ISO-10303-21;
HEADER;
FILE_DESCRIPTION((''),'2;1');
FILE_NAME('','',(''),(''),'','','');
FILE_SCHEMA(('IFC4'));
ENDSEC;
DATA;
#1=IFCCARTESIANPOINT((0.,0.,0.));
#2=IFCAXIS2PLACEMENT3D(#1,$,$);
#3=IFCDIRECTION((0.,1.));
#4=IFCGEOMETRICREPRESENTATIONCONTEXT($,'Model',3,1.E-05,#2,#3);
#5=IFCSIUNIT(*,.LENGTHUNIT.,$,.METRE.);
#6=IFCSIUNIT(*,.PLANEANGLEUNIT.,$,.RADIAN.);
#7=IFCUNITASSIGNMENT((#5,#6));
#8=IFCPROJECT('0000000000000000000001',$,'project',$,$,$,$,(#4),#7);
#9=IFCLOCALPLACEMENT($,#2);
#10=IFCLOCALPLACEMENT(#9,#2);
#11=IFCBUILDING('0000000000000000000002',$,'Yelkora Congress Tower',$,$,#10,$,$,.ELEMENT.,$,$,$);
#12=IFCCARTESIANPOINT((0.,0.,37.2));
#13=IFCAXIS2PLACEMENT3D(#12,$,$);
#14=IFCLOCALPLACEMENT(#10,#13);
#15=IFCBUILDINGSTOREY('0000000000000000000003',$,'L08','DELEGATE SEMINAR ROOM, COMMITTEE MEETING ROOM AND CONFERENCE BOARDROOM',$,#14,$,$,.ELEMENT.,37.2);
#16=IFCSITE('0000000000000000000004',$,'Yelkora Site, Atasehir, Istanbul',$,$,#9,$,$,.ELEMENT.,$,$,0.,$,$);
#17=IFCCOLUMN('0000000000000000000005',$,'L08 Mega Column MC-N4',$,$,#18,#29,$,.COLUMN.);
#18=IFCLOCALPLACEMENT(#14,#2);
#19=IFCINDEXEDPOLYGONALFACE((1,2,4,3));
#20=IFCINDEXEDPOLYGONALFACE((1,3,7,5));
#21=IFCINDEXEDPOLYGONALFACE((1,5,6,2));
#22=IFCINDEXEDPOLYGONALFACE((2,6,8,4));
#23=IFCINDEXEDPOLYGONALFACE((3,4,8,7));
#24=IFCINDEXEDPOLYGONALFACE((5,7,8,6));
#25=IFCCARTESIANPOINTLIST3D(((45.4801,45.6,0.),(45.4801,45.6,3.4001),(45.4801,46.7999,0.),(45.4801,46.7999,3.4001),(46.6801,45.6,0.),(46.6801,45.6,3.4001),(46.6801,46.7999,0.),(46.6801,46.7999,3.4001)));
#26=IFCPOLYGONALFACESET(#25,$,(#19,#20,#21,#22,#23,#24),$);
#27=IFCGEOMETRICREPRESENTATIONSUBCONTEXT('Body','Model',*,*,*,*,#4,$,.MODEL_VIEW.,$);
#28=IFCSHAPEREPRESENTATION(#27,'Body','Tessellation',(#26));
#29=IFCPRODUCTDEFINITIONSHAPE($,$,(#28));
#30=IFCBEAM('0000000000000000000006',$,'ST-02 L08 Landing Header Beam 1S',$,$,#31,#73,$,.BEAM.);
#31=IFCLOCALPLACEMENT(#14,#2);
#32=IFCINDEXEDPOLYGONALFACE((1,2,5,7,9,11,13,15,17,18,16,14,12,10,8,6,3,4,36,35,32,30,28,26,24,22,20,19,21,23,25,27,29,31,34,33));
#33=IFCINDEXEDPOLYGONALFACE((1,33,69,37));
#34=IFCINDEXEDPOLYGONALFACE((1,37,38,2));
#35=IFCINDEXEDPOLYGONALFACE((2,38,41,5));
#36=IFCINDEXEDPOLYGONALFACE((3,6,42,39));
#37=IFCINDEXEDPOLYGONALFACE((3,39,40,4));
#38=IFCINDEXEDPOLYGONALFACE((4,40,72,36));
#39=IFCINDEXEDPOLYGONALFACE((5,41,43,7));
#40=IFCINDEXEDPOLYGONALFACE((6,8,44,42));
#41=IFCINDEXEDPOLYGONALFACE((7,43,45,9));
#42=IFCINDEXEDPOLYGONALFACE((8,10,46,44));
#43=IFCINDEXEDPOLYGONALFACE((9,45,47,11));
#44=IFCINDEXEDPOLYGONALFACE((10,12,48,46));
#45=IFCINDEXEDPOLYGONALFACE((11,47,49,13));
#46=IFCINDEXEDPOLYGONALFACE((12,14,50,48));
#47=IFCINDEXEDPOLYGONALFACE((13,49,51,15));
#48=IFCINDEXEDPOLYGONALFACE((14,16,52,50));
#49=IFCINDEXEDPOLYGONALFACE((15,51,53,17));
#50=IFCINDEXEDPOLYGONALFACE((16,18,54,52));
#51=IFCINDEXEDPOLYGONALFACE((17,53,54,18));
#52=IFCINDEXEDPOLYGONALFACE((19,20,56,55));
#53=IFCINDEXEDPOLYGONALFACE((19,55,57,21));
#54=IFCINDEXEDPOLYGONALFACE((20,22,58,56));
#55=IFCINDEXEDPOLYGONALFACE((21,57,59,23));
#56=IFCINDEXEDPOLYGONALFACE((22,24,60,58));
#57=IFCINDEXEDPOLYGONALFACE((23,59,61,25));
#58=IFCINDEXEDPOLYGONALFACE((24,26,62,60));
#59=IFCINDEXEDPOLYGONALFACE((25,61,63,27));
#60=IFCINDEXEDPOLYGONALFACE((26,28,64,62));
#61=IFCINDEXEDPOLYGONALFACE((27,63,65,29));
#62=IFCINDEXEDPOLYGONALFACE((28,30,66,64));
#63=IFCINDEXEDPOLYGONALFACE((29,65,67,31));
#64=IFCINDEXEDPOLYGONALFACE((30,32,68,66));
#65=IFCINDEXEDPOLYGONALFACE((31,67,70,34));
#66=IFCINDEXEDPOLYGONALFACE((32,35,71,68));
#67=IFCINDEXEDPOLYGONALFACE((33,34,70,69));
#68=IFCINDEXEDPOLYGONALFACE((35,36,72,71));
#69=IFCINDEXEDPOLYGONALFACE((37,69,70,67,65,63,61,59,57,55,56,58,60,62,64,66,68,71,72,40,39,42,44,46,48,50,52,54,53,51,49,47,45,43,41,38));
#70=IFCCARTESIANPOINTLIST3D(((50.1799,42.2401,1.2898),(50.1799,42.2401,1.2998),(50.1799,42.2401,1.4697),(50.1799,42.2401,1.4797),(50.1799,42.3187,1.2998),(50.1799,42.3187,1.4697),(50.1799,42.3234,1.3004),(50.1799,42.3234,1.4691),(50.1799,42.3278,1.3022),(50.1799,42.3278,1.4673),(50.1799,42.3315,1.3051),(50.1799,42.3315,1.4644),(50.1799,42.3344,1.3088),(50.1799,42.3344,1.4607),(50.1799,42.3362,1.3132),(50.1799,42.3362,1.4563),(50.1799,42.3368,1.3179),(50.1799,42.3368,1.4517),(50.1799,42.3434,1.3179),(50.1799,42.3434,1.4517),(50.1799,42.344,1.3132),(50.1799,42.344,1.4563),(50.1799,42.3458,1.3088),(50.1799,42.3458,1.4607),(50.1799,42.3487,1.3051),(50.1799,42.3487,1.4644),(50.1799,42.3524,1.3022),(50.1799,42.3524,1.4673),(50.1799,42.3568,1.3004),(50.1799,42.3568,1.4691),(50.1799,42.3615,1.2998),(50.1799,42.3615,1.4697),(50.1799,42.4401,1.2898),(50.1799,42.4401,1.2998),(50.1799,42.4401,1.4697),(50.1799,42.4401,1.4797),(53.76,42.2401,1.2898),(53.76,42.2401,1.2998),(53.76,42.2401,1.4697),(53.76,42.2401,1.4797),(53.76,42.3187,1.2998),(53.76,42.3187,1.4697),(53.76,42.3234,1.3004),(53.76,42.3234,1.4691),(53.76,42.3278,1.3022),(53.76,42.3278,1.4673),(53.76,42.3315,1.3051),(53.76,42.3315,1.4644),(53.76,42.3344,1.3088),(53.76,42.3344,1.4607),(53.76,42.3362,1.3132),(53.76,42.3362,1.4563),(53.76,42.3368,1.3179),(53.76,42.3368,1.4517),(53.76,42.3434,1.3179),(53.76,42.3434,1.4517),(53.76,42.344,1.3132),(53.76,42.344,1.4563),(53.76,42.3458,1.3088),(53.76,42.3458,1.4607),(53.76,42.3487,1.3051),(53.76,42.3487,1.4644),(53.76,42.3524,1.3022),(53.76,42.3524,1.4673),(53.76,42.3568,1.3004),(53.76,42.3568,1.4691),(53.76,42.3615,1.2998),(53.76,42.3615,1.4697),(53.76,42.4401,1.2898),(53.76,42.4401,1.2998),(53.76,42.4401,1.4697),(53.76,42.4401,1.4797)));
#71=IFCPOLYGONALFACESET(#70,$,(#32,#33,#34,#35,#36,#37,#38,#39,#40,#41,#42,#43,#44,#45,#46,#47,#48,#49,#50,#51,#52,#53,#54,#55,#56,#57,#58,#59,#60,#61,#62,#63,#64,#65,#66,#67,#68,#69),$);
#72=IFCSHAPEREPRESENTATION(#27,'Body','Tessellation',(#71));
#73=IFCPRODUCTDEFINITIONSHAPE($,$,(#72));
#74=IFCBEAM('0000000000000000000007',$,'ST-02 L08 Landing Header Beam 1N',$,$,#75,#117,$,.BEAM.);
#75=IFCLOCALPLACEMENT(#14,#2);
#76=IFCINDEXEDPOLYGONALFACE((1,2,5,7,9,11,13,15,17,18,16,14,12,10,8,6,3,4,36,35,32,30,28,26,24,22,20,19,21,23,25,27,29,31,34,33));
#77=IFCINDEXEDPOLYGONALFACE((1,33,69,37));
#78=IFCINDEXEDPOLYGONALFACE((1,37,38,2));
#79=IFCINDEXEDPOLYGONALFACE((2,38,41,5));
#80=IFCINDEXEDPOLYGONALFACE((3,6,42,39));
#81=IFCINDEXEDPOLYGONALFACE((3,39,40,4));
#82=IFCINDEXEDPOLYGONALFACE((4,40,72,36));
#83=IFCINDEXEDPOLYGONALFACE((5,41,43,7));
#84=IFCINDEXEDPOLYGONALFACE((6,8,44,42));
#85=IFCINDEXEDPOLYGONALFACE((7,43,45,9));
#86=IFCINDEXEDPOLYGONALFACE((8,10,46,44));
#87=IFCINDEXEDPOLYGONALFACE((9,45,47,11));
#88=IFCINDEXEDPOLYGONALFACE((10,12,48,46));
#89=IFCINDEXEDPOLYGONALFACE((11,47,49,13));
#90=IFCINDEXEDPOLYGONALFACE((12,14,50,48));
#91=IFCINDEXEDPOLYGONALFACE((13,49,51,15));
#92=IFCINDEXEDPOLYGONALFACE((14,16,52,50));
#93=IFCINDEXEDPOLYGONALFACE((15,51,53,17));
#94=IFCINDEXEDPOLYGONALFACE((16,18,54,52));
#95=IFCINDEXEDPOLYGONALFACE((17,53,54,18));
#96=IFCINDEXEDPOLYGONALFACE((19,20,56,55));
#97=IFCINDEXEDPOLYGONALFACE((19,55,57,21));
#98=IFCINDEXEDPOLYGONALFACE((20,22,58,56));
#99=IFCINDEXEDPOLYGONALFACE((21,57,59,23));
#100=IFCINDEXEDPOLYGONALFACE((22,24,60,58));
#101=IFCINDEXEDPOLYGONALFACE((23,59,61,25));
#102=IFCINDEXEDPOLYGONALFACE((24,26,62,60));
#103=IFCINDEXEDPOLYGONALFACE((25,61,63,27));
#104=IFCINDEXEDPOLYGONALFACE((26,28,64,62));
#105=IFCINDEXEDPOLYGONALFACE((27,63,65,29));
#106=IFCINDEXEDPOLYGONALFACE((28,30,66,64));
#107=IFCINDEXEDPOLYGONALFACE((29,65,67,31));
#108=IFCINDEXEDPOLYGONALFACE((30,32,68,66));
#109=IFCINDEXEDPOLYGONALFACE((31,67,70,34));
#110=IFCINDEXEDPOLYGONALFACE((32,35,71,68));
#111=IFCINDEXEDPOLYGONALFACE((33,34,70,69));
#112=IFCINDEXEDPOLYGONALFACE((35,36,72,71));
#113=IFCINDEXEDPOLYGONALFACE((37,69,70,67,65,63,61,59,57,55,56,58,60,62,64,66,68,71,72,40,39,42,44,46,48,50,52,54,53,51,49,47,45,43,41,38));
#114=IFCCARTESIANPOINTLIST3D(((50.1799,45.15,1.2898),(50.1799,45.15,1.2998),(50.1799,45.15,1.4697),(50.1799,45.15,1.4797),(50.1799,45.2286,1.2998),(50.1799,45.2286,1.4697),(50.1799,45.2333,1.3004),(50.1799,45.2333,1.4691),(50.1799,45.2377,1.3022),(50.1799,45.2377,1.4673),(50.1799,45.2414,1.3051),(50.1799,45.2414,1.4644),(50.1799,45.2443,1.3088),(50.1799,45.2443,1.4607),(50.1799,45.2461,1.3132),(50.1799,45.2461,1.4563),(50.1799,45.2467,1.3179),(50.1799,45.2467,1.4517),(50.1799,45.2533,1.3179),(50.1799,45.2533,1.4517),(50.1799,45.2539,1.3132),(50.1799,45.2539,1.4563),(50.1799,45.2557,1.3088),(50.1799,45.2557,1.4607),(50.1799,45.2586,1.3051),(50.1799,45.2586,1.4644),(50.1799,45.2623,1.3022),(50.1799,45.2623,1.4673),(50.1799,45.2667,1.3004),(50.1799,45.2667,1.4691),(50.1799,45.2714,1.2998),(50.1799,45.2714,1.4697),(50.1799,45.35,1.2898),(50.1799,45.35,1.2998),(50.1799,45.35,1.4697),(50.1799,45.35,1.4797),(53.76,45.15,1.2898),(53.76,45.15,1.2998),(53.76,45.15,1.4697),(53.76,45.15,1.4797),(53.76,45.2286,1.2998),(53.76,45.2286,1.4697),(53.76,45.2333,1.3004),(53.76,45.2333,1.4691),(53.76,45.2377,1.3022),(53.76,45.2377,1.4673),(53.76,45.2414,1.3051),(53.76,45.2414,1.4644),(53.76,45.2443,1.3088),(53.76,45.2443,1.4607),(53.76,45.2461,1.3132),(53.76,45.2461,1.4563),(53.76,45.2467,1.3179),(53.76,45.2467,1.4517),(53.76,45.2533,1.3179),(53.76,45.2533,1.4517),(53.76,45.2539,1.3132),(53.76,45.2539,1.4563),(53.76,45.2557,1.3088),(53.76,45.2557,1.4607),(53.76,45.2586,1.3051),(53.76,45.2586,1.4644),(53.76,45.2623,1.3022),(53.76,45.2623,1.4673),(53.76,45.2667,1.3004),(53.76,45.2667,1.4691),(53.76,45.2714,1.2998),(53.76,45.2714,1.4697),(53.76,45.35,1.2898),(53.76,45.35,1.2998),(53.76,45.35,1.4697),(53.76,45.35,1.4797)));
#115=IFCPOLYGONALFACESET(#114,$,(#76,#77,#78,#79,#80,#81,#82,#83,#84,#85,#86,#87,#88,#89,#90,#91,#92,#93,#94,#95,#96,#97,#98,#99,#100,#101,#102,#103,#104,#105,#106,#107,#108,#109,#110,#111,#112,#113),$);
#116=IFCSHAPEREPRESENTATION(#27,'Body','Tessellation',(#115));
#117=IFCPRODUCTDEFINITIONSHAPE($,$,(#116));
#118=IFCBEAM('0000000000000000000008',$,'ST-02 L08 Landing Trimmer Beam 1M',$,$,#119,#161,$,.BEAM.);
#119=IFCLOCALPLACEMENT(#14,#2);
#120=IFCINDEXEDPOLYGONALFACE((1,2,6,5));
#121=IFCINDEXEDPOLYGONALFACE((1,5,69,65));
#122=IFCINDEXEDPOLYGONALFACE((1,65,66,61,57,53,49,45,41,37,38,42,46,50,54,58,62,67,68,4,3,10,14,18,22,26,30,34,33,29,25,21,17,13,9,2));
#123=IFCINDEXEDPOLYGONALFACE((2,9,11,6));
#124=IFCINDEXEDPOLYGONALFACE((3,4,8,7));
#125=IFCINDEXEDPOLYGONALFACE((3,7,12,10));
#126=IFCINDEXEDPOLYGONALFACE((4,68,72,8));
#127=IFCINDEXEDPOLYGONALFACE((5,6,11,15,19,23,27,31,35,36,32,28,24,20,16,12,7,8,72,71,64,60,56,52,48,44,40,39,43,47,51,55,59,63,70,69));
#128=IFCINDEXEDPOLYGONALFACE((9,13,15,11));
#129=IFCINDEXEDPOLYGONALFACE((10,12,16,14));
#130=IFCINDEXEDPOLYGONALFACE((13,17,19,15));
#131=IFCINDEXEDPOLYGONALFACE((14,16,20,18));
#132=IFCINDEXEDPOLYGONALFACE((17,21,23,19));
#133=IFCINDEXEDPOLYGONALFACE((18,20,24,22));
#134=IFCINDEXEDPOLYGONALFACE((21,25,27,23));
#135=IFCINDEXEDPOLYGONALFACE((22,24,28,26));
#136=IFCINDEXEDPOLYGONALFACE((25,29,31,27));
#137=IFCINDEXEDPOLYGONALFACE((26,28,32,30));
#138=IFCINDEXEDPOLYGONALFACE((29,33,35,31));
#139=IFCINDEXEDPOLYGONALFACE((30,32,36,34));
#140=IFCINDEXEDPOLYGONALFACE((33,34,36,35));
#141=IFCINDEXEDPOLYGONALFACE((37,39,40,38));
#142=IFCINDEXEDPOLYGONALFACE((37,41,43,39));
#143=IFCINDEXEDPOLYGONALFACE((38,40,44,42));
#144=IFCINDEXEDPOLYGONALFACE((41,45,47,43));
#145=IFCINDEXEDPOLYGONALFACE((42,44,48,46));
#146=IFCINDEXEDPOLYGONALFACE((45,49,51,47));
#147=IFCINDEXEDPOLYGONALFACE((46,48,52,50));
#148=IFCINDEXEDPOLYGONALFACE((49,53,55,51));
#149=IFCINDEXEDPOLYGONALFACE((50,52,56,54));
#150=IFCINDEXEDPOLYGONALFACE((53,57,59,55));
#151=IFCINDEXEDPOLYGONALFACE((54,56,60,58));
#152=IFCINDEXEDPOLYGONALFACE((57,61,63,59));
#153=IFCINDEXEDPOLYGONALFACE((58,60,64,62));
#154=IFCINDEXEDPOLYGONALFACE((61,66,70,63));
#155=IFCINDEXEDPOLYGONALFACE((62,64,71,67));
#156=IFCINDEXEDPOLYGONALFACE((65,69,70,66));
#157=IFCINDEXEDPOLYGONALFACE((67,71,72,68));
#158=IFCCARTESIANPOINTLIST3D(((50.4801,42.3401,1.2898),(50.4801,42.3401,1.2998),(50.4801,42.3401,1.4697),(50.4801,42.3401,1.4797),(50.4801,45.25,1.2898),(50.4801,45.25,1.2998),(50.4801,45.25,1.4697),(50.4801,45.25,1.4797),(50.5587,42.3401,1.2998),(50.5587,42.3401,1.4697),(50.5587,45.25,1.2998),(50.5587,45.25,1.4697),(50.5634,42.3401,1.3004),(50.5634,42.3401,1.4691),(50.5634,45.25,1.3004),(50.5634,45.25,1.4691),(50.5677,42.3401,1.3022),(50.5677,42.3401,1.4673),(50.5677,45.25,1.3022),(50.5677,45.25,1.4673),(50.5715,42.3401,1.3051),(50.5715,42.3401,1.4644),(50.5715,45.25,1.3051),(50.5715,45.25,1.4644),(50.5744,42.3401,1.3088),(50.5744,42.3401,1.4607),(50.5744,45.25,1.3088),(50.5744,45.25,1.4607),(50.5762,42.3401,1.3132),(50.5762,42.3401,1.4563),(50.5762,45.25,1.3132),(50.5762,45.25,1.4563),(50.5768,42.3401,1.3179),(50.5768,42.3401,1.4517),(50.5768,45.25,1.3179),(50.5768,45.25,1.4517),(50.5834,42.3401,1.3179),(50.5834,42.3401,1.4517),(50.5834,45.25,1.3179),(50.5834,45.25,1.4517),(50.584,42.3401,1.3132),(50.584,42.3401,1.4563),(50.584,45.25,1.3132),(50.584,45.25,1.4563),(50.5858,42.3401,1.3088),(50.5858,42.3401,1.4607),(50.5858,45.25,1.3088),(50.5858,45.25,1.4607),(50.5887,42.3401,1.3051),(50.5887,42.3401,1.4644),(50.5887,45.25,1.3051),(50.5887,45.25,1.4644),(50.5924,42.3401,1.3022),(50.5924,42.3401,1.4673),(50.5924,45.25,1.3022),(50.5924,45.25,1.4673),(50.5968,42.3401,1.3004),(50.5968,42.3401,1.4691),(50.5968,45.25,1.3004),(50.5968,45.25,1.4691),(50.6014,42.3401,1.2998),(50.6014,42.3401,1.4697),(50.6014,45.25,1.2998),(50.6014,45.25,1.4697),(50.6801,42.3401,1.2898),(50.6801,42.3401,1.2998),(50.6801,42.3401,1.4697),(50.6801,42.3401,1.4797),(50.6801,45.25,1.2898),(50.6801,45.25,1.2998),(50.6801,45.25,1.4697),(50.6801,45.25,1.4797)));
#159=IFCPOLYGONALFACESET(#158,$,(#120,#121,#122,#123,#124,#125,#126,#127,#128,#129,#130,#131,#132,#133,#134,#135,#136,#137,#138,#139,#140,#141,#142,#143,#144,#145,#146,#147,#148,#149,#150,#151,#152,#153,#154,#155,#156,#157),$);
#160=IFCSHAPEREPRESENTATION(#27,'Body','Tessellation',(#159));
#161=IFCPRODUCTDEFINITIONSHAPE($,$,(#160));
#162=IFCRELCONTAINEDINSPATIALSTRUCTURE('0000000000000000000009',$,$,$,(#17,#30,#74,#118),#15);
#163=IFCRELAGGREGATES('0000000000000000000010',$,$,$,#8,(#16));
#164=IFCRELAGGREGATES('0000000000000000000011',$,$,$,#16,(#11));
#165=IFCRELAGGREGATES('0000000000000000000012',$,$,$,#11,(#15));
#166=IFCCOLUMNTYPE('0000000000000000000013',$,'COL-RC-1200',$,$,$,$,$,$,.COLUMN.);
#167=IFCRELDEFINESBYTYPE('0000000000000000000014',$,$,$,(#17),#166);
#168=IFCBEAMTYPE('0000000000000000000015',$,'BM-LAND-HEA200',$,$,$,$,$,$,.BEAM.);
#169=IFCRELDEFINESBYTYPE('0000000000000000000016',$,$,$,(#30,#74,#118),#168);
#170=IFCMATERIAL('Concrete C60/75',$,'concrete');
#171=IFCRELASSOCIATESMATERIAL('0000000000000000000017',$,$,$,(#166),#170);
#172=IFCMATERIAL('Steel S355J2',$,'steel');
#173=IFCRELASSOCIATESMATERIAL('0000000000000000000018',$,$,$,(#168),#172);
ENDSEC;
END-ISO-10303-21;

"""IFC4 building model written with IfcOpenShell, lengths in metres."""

from ifc_helpers import new_model, si_unit, direction, frame, origin, origin_2d, place, context, subcontext, project, spatial, rectangle, i_section, extrude, material, material_profile, profile_set, type_object, element, save


model = new_model("IFC4")

# Units and contexts
model_context = context("Model", 3, precision=1e-05, world=origin(), true_north=direction((0.0, 1.0)))
body_context = subcontext(model_context, "Body", "Model", "MODEL_VIEW")
ifc_project = project(units=[si_unit("LENGTHUNIT", "METRE"), si_unit("PLANEANGLEUNIT", "RADIAN")], contexts=[model_context])

# Site, building, storey
site_placement = place(None, origin())
site = spatial("IfcSite", under=ifc_project, at=site_placement, Name="Yelkora Site, Atasehir, Istanbul", CompositionType="ELEMENT", RefElevation=0.0)
building_placement = place(site_placement, origin())
building = spatial("IfcBuilding", under=site, at=building_placement, Name="Yelkora Congress Tower", CompositionType="ELEMENT")
storey_placement = place(building_placement, frame((0.0, 0.0, 37.2)))
storey = spatial("IfcBuildingStorey", under=building, at=storey_placement, Name="L08", Description="DELEGATE SEMINAR ROOM, COMMITTEE MEETING ROOM AND CONFERENCE BOARDROOM", CompositionType="ELEMENT", Elevation=37.2)

# Column
ifc_material_1 = material(Name="Concrete C60/75", Category="concrete")
ifc_material_profile_1 = material_profile(ifc_material_1, rectangle(XDim=1.2, YDim=1.2, at=origin_2d()), Name="RC 1200x1200")
ifc_profile_set_1 = profile_set([ifc_material_profile_1], Name="Concrete C60/75")
column_type = type_object("IfcColumnType", Name="COL-RC-1200", PredefinedType="COLUMN", material=ifc_profile_set_1)
column_placement = place(storey_placement, frame((46.0801, 46.2, 0.0), z_axis=(0.0, 0.0, 1.0), x_axis=(1.0, 0.0, 0.0)))
element("IfcColumn", 1, at=column_placement, inside=storey, type_object=column_type, Name="L08 Mega Column MC-N4", PredefinedType="COLUMN", context=body_context, shape_type="SweptSolid", body=[
    extrude(rectangle(XDim=1.2, YDim=1.2, at=origin_2d()), origin(), (0.0, 0.0, 1.0), 3.4001),
])

# Beams
ifc_material_2 = material(Name="Steel S355J2", Category="steel")
ifc_material_profile_2 = material_profile(ifc_material_2, i_section(OverallWidth=0.2, OverallDepth=0.1899, WebThickness=0.0066, FlangeThickness=0.01, FilletRadius=0.0181, at=origin_2d()), Name="HEA 200")
ifc_profile_set_2 = profile_set([ifc_material_profile_2], Name="Steel S355J2")
beam_type = type_object("IfcBeamType", Name="BM-LAND-HEA200", PredefinedType="BEAM", material=ifc_profile_set_2)
for number, where, z_axis, x_axis, name in (
    (2, (50.1799, 42.3401, 1.3848), (1.0, 0.0, 0.0), (0.0, 1.0, 0.0), "ST-02 L08 Landing Header Beam 1S"),
    (3, (50.1799, 45.25, 1.3848), (1.0, 0.0, 0.0), (0.0, 1.0, 0.0), "ST-02 L08 Landing Header Beam 1N"),
):
    element("IfcBeam", number, at=place(storey_placement, frame(where, z_axis=z_axis, x_axis=x_axis)), inside=storey, type_object=beam_type, Name=name, PredefinedType="BEAM", context=body_context, shape_type="SweptSolid", body=[
        extrude(i_section(OverallWidth=0.2, OverallDepth=0.1899, WebThickness=0.0066, FlangeThickness=0.01, FilletRadius=0.0181, at=origin_2d()), origin(), (0.0, 0.0, 1.0), 3.5801),
    ])
beam_1_placement = place(storey_placement, frame((50.5801, 42.3401, 1.3848), z_axis=(0.0, 1.0, 0.0), x_axis=(-1.0, 0.0, 0.0)))
element("IfcBeam", 4, at=beam_1_placement, inside=storey, type_object=beam_type, Name="ST-02 L08 Landing Trimmer Beam 1M", PredefinedType="BEAM", context=body_context, shape_type="SweptSolid", body=[
    extrude(i_section(OverallWidth=0.2, OverallDepth=0.1899, WebThickness=0.0066, FlangeThickness=0.01, FilletRadius=0.0181, at=origin_2d()), origin(), (0.0, 0.0, 1.0), 2.9099),
])

save(model, "model.ifc")
